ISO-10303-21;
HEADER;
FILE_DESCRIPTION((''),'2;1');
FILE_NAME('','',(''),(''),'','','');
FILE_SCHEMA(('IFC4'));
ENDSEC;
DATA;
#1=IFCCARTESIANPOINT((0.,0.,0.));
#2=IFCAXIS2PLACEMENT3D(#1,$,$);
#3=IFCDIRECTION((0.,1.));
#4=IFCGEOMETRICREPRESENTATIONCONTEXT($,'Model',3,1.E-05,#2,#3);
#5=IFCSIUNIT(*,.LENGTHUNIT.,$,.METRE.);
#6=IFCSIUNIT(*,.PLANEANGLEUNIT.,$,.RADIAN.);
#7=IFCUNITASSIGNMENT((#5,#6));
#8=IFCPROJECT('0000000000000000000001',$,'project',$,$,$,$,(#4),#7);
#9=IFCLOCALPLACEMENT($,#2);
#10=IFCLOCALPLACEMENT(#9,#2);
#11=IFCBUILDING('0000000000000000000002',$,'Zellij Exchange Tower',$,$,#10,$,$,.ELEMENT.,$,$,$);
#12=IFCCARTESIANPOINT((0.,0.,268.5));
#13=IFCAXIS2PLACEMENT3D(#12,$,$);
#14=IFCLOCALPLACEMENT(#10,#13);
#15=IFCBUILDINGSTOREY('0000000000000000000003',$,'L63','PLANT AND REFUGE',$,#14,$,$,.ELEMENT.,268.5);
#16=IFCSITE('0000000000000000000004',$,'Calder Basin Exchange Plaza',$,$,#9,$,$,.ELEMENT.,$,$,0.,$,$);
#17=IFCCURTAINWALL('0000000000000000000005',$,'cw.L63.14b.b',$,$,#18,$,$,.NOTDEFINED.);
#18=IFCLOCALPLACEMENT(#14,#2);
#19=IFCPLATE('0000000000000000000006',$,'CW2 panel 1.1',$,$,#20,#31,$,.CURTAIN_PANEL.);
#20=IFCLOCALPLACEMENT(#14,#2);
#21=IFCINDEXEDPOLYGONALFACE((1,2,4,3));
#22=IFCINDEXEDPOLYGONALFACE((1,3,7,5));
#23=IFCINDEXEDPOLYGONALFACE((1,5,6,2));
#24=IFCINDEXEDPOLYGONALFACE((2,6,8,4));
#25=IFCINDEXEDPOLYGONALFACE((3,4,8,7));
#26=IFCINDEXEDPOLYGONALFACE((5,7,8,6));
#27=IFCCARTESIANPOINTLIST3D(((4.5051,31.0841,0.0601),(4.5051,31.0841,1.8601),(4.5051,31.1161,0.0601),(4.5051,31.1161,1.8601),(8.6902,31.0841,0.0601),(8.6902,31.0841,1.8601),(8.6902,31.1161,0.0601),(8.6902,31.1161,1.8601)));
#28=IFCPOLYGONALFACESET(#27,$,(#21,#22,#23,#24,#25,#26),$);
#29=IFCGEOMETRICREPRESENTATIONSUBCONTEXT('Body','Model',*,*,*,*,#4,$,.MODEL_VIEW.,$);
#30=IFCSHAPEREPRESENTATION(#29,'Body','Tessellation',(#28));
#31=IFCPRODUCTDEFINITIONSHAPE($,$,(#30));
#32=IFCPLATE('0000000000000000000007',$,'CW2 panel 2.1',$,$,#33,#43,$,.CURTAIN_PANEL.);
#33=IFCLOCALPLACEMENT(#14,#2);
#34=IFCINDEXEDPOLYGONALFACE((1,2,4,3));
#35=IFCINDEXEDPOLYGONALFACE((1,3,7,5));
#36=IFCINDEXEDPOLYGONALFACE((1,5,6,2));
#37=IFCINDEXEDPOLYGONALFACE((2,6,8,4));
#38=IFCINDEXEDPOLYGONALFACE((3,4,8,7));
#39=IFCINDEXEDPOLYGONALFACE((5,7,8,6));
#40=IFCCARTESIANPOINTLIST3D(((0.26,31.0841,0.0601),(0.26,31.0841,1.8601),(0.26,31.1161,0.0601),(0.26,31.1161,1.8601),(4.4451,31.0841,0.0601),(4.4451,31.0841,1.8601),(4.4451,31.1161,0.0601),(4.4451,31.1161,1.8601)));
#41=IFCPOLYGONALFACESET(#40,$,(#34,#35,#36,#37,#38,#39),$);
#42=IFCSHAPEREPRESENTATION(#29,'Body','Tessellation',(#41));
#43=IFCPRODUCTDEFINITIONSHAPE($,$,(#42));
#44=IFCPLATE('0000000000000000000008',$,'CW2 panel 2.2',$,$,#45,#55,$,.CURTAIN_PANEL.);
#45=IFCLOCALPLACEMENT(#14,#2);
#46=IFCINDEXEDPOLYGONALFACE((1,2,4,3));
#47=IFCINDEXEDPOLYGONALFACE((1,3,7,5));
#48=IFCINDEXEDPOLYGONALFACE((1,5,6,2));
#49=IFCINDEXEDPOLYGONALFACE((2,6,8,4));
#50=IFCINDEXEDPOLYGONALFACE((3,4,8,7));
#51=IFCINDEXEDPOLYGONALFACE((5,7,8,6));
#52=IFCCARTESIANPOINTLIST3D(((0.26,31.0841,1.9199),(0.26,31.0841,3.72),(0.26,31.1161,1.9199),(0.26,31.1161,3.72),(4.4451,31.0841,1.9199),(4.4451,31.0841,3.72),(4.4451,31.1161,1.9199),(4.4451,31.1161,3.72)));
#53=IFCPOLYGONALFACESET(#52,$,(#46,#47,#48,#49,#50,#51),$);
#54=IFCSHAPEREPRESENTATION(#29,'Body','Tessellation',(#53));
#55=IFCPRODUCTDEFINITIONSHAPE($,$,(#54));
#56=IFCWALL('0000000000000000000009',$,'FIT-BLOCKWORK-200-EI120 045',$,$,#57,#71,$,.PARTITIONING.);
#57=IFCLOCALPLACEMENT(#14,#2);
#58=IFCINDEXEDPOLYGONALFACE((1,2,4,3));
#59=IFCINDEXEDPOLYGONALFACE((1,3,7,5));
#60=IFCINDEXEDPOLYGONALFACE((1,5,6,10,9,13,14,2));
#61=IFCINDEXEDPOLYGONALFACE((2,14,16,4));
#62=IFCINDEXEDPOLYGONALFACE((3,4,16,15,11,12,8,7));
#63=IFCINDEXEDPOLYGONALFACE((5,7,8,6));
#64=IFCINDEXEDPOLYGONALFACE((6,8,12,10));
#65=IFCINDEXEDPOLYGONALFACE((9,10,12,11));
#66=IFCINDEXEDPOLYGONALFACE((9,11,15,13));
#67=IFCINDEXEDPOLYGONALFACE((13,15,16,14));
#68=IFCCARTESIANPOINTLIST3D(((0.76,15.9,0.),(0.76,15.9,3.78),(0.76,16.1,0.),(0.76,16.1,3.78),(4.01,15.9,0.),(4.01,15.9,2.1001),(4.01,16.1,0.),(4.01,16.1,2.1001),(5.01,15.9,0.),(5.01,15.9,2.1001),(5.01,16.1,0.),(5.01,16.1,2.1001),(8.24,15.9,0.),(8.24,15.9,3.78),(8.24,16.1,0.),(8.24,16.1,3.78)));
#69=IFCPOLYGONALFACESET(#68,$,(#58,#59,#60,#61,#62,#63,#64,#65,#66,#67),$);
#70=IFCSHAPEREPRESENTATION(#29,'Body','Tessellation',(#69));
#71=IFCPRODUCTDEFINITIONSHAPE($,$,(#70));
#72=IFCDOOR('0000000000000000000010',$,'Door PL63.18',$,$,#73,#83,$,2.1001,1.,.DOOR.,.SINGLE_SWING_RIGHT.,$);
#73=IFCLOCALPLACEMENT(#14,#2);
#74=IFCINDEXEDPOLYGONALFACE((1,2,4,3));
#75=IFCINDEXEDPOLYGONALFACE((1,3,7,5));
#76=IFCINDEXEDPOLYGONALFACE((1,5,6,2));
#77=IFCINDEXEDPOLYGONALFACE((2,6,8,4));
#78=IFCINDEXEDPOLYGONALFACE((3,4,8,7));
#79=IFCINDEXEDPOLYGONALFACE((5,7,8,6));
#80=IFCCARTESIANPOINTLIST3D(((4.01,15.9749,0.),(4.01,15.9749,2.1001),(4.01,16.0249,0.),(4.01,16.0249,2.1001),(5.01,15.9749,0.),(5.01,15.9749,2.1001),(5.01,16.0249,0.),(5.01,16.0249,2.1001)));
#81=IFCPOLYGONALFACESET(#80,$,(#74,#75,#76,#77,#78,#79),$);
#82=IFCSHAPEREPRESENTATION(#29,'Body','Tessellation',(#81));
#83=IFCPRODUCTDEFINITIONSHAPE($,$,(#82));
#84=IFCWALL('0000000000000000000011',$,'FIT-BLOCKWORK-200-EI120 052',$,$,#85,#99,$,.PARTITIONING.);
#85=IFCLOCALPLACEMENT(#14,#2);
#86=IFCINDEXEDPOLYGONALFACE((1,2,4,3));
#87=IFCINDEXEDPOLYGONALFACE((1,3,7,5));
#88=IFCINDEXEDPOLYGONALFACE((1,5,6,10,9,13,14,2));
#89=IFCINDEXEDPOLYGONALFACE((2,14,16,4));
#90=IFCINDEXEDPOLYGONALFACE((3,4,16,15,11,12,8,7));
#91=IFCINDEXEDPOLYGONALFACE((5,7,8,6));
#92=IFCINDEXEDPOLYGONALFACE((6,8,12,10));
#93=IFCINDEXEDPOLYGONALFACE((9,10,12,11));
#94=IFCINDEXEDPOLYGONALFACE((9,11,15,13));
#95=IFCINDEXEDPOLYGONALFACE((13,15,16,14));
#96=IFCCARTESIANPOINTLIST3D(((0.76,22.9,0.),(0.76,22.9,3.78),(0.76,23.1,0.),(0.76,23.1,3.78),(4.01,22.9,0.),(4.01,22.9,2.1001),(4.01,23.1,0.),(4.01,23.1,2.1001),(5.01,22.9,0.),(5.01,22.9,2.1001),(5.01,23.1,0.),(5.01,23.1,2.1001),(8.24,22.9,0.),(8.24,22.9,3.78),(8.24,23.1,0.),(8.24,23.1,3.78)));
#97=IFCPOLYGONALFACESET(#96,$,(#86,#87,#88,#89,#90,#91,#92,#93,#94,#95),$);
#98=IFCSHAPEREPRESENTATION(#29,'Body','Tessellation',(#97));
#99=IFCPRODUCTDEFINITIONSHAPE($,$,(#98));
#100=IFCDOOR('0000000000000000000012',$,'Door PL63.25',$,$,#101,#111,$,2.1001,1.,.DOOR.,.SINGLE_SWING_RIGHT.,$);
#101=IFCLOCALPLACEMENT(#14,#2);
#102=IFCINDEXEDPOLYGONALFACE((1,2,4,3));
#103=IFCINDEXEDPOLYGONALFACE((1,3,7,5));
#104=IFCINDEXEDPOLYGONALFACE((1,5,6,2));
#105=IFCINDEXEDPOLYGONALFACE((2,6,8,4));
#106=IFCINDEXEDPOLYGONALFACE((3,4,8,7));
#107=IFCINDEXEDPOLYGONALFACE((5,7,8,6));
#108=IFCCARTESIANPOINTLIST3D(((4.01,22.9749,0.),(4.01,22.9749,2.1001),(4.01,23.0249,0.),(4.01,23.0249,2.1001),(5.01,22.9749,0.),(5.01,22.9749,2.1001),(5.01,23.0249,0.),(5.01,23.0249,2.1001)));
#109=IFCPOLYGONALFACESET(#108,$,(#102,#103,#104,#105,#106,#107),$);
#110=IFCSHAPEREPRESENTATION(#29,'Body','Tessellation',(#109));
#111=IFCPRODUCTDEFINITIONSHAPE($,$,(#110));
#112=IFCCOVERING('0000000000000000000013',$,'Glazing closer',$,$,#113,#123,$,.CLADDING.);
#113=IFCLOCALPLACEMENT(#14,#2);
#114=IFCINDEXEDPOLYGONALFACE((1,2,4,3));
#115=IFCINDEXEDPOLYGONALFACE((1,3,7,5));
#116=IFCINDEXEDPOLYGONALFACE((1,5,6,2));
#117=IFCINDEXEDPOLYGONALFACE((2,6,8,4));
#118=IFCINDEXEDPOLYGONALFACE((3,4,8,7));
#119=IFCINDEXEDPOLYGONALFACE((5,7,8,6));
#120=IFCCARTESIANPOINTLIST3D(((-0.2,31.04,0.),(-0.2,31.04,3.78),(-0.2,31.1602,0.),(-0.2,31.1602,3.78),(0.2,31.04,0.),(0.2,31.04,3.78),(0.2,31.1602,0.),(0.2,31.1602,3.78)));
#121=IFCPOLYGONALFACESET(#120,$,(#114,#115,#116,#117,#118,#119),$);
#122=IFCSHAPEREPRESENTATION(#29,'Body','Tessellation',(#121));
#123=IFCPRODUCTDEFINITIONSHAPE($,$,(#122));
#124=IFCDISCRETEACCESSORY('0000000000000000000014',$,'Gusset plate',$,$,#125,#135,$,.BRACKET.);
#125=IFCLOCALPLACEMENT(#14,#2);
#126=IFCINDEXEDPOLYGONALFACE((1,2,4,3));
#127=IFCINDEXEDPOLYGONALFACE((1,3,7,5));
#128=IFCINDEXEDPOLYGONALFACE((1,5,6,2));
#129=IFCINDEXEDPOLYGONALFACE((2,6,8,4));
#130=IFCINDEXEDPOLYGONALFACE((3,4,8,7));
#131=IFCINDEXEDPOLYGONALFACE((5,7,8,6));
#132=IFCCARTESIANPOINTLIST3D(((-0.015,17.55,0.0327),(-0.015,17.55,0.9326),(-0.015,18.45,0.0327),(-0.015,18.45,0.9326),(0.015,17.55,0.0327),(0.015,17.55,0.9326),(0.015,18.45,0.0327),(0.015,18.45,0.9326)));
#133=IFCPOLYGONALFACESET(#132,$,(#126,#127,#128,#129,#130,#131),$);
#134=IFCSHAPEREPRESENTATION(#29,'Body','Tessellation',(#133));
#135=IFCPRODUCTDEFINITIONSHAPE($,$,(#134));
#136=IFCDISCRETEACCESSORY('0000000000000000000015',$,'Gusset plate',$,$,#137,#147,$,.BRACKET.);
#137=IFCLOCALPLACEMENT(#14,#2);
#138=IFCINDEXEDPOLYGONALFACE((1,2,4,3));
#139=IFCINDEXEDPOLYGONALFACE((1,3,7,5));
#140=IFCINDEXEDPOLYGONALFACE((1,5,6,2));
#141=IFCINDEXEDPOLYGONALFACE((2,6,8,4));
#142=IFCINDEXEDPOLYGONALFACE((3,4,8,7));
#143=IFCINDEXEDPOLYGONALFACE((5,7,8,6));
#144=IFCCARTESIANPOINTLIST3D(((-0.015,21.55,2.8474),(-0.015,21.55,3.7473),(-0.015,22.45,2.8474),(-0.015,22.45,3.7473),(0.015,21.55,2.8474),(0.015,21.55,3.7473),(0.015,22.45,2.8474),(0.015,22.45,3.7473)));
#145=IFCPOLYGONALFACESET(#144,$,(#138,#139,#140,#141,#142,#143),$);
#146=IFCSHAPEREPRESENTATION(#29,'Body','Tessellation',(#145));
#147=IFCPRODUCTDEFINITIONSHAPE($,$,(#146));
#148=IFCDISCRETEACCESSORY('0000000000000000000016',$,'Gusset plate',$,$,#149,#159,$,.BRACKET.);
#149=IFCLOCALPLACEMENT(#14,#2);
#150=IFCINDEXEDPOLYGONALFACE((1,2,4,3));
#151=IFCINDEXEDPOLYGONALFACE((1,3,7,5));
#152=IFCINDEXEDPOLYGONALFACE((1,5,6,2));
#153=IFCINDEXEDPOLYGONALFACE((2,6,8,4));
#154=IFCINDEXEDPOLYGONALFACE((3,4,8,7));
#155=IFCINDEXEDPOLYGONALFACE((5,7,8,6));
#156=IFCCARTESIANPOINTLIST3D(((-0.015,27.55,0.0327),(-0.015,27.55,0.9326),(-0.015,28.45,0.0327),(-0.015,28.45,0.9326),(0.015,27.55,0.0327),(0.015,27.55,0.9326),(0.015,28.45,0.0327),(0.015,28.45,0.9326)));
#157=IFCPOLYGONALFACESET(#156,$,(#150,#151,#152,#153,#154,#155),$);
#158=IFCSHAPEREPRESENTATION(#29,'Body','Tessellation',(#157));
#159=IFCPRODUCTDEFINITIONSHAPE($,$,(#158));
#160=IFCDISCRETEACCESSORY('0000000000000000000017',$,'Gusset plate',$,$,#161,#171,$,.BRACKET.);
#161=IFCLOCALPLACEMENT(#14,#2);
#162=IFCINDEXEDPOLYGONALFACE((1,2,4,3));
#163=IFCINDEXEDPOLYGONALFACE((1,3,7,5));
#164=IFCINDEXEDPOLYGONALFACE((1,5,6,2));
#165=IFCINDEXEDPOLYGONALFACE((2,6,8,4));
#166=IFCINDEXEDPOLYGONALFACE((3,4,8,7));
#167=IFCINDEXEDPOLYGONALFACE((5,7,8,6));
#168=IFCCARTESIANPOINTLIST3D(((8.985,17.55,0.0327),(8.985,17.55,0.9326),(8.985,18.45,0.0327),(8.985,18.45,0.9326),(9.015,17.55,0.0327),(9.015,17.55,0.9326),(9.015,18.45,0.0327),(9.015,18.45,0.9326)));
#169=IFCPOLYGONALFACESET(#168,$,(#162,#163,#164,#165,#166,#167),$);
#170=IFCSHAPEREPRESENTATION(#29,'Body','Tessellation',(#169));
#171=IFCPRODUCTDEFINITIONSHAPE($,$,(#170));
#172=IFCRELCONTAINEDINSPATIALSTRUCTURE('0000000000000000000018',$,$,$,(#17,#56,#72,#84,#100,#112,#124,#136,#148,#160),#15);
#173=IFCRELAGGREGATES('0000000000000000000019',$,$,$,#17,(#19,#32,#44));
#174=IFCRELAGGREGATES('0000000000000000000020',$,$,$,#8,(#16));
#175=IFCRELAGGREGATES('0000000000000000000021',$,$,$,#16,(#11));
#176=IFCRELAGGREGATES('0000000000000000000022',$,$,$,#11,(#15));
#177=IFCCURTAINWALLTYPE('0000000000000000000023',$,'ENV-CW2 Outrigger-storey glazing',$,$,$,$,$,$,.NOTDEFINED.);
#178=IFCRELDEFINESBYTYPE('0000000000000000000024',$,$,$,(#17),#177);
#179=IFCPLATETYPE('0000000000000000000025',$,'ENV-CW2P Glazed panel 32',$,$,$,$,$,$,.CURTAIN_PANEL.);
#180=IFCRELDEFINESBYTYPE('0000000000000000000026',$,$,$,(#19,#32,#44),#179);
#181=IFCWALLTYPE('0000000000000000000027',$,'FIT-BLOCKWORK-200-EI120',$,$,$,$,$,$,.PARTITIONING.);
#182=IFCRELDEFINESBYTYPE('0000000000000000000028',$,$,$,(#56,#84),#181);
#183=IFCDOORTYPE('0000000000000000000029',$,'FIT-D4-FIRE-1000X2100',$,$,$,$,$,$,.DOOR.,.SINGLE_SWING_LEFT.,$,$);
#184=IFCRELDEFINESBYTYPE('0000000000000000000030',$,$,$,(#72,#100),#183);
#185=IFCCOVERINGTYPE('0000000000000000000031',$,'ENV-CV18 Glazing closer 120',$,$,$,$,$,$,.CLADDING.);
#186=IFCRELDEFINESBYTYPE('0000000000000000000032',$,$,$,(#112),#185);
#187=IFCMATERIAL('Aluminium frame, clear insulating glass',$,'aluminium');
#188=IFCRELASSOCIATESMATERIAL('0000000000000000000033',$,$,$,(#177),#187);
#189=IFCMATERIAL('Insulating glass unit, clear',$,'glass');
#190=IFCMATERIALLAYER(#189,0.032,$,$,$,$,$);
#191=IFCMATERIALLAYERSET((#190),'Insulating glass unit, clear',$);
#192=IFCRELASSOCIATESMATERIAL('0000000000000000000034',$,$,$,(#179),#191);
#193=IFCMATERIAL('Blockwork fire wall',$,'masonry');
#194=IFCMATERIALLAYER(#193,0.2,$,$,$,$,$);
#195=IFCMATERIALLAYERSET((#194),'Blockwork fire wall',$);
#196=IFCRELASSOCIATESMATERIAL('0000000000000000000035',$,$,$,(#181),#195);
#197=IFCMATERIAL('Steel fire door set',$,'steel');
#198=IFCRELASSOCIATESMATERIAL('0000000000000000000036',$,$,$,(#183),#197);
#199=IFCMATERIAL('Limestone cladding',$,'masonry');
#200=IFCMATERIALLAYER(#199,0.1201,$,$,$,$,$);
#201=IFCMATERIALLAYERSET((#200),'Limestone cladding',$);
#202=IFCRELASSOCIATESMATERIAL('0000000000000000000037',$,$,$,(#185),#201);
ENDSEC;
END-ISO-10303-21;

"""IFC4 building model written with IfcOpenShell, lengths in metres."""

from ifc_helpers import new_model, si_unit, direction, frame, frame_2d, origin, origin_2d, place, context, subcontext, project, spatial, rectangle, extrude, material, layer, layer_set, type_object, element, fill, aggregate, save


model = new_model("IFC4")

# Units and contexts
model_context = context("Model", 3, precision=1e-05, world=origin(), true_north=direction((0.0, 1.0)))
body_context = subcontext(model_context, "Body", "Model", "MODEL_VIEW")
ifc_project = project(units=[si_unit("LENGTHUNIT", "METRE"), si_unit("PLANEANGLEUNIT", "RADIAN")], contexts=[model_context])

# Site, building, storey
site_placement = place(None, origin())
site = spatial("IfcSite", under=ifc_project, at=site_placement, Name="Calder Basin Exchange Plaza", CompositionType="ELEMENT", RefElevation=0.0)
building_placement = place(site_placement, origin())
building = spatial("IfcBuilding", under=site, at=building_placement, Name="Zellij Exchange Tower", CompositionType="ELEMENT")
storey_placement = place(building_placement, frame((0.0, 0.0, 268.5)))
storey = spatial("IfcBuildingStorey", under=building, at=storey_placement, Name="L63", Description="PLANT AND REFUGE", CompositionType="ELEMENT", Elevation=268.5)

# Curtain wall
ifc_material_1 = material(Name="Aluminium frame, clear insulating glass", Category="aluminium")
curtain_wall_type = type_object("IfcCurtainWallType", Name="ENV-CW2 Outrigger-storey glazing", PredefinedType="NOTDEFINED", material=ifc_material_1)
curtain_wall_placement = place(storey_placement, origin())
curtain_wall = element("IfcCurtainWall", 1, at=curtain_wall_placement, inside=storey, type_object=curtain_wall_type, Name="cw.L63.14b.b", PredefinedType="NOTDEFINED")

# Plates
ifc_material_2 = material(Name="Insulating glass unit, clear", Category="glass")
ifc_layer_1 = layer(ifc_material_2, 0.032)
ifc_layer_set_1 = layer_set([ifc_layer_1], Name="Insulating glass unit, clear")
plate_type = type_object("IfcPlateType", Name="ENV-CW2P Glazed panel 32", PredefinedType="CURTAIN_PANEL", material=ifc_layer_set_1)
plate_1_placement = place(storey_placement, frame((6.5977, 31.1001, 0.0601), z_axis=(0.0, 0.0, 1.0), x_axis=(-1.0, 0.0, 0.0)))
plate_1 = element("IfcPlate", 2, at=plate_1_placement, type_object=plate_type, Name="CW2 panel 1.1", PredefinedType="CURTAIN_PANEL", context=body_context, shape_type="SweptSolid", body=[
    extrude(rectangle(XDim=4.1851, YDim=0.032, at=origin_2d()), origin(), (0.0, 0.0, 1.0), 1.8),
])
plate_2_placement = place(storey_placement, frame((2.3525, 31.1001, 0.0601), z_axis=(0.0, 0.0, 1.0), x_axis=(-1.0, 0.0, 0.0)))
plate_2 = element("IfcPlate", 3, at=plate_2_placement, type_object=plate_type, Name="CW2 panel 2.1", PredefinedType="CURTAIN_PANEL", context=body_context, shape_type="SweptSolid", body=[
    extrude(rectangle(XDim=4.1851, YDim=0.032, at=origin_2d()), origin(), (0.0, 0.0, 1.0), 1.8),
])
plate_3_placement = place(storey_placement, frame((2.3525, 31.1001, 1.9199), z_axis=(0.0, 0.0, 1.0), x_axis=(-1.0, 0.0, 0.0)))
plate_3 = element("IfcPlate", 4, at=plate_3_placement, type_object=plate_type, Name="CW2 panel 2.2", PredefinedType="CURTAIN_PANEL", context=body_context, shape_type="SweptSolid", body=[
    extrude(rectangle(XDim=4.1851, YDim=0.032, at=origin_2d()), origin(), (0.0, 0.0, 1.0), 1.8),
])
aggregate(curtain_wall, [plate_1, plate_2, plate_3])

# Walls, openings, doors
ifc_material_3 = material(Name="Blockwork fire wall", Category="masonry")
ifc_layer_2 = layer(ifc_material_3, 0.2)
ifc_layer_set_2 = layer_set([ifc_layer_2], Name="Blockwork fire wall")
wall_type = type_object("IfcWallType", Name="FIT-BLOCKWORK-200-EI120", PredefinedType="PARTITIONING", material=ifc_layer_set_2)
wall_1_placement = place(storey_placement, frame((0.76, 16.0, 0.0), z_axis=(0.0, 0.0, 1.0), x_axis=(1.0, 0.0, 0.0)))
wall_1 = element("IfcWall", 5, at=wall_1_placement, inside=storey, type_object=wall_type, Name="FIT-BLOCKWORK-200-EI120 045", PredefinedType="PARTITIONING", context=body_context, shape_type="SweptSolid", body=[
    extrude(rectangle(XDim=7.48, YDim=0.2, at=frame_2d((3.74, 0.0))), origin(), (0.0, 0.0, 1.0), 3.78),
])
opening_1_placement = place(wall_1_placement, frame((3.25, 0.0, 0.0)))
opening_1 = element("IfcOpeningElement", 6, at=opening_1_placement, cuts=wall_1, PredefinedType="OPENING", context=body_context, shape_type="SweptSolid", body=[
    extrude(rectangle(XDim=1.0, YDim=2.1001, at=frame_2d((0.5, 1.05))), frame((0.0, 0.1118, 0.0), z_axis=(0.0, -1.0, 0.0), x_axis=(1.0, 0.0, 0.0)), (0.0, 0.0, 1.0), 0.2239),
])
ifc_material_4 = material(Name="Steel fire door set", Category="steel")
door_type = type_object("IfcDoorType", Name="FIT-D4-FIRE-1000X2100", OperationType="SINGLE_SWING_LEFT", PredefinedType="DOOR", material=ifc_material_4)
door_1_placement = place(opening_1_placement, origin())
door_1 = element("IfcDoor", 7, at=door_1_placement, inside=storey, type_object=door_type, Name="Door PL63.18", OperationType="SINGLE_SWING_RIGHT", OverallHeight=2.1001, OverallWidth=1.0, PredefinedType="DOOR", context=body_context, shape_type="SweptSolid", body=[
    extrude(rectangle(XDim=1.0, YDim=2.1001, at=frame_2d((0.5, 1.05))), frame((0.0, 0.0249, 0.0), z_axis=(0.0, -1.0, 0.0), x_axis=(1.0, 0.0, 0.0)), (0.0, 0.0, 1.0), 0.05),
])
fill(opening_1, door_1)
wall_2_placement = place(storey_placement, frame((0.76, 23.0, 0.0), z_axis=(0.0, 0.0, 1.0), x_axis=(1.0, 0.0, 0.0)))
wall_2 = element("IfcWall", 8, at=wall_2_placement, inside=storey, type_object=wall_type, Name="FIT-BLOCKWORK-200-EI120 052", PredefinedType="PARTITIONING", context=body_context, shape_type="SweptSolid", body=[
    extrude(rectangle(XDim=7.48, YDim=0.2, at=frame_2d((3.74, 0.0))), origin(), (0.0, 0.0, 1.0), 3.78),
])
opening_2_placement = place(wall_2_placement, frame((3.25, 0.0, 0.0)))
opening_2 = element("IfcOpeningElement", 9, at=opening_2_placement, cuts=wall_2, PredefinedType="OPENING", context=body_context, shape_type="SweptSolid", body=[
    extrude(rectangle(XDim=1.0, YDim=2.1001, at=frame_2d((0.5, 1.05))), frame((0.0, 0.1118, 0.0), z_axis=(0.0, -1.0, 0.0), x_axis=(1.0, 0.0, 0.0)), (0.0, 0.0, 1.0), 0.2239),
])
door_2_placement = place(opening_2_placement, origin())
door_2 = element("IfcDoor", 10, at=door_2_placement, inside=storey, type_object=door_type, Name="Door PL63.25", OperationType="SINGLE_SWING_RIGHT", OverallHeight=2.1001, OverallWidth=1.0, PredefinedType="DOOR", context=body_context, shape_type="SweptSolid", body=[
    extrude(rectangle(XDim=1.0, YDim=2.1001, at=frame_2d((0.5, 1.05))), frame((0.0, 0.0249, 0.0), z_axis=(0.0, -1.0, 0.0), x_axis=(1.0, 0.0, 0.0)), (0.0, 0.0, 1.0), 0.05),
])
fill(opening_2, door_2)

# Covering
ifc_material_5 = material(Name="Limestone cladding", Category="masonry")
ifc_layer_3 = layer(ifc_material_5, 0.1201)
ifc_layer_set_3 = layer_set([ifc_layer_3], Name="Limestone cladding")
covering_type = type_object("IfcCoveringType", Name="ENV-CV18 Glazing closer 120", PredefinedType="CLADDING", material=ifc_layer_set_3)
covering_placement = place(storey_placement, frame((0.0, 31.1001, 0.0), z_axis=(0.0, 0.0, 1.0), x_axis=(-1.0, 0.0, 0.0)))
element("IfcCovering", 11, at=covering_placement, inside=storey, type_object=covering_type, Name="Glazing closer", PredefinedType="CLADDING", context=body_context, shape_type="SweptSolid", body=[
    extrude(rectangle(XDim=0.3999, YDim=0.1201, at=origin_2d()), origin(), (0.0, 0.0, 1.0), 3.78),
])

# Discrete accessories
for number, where, z_axis, x_axis, name in (
    (12, (0.0, 18.0, 0.0327), (0.0, 0.0, 1.0), (0.0, 1.0, 0.0), "Gusset plate"),
    (13, (0.0, 22.0, 2.8474), (0.0, 0.0, 1.0), (0.0, 1.0, 0.0), "Gusset plate"),
    (14, (0.0, 28.0, 0.0327), (0.0, 0.0, 1.0), (0.0, 1.0, 0.0), "Gusset plate"),
    (15, (9.0, 18.0, 0.0327), (0.0, 0.0, 1.0), (0.0, 1.0, 0.0), "Gusset plate"),
):
    element("IfcDiscreteAccessory", number, at=place(storey_placement, frame(where, z_axis=z_axis, x_axis=x_axis)), inside=storey, Name=name, PredefinedType="BRACKET", context=body_context, shape_type="SweptSolid", body=[
        extrude(rectangle(XDim=0.8999, YDim=0.03, at=origin_2d()), origin(), (0.0, 0.0, 1.0), 0.8999),
    ])

save(model, "model.ifc")
